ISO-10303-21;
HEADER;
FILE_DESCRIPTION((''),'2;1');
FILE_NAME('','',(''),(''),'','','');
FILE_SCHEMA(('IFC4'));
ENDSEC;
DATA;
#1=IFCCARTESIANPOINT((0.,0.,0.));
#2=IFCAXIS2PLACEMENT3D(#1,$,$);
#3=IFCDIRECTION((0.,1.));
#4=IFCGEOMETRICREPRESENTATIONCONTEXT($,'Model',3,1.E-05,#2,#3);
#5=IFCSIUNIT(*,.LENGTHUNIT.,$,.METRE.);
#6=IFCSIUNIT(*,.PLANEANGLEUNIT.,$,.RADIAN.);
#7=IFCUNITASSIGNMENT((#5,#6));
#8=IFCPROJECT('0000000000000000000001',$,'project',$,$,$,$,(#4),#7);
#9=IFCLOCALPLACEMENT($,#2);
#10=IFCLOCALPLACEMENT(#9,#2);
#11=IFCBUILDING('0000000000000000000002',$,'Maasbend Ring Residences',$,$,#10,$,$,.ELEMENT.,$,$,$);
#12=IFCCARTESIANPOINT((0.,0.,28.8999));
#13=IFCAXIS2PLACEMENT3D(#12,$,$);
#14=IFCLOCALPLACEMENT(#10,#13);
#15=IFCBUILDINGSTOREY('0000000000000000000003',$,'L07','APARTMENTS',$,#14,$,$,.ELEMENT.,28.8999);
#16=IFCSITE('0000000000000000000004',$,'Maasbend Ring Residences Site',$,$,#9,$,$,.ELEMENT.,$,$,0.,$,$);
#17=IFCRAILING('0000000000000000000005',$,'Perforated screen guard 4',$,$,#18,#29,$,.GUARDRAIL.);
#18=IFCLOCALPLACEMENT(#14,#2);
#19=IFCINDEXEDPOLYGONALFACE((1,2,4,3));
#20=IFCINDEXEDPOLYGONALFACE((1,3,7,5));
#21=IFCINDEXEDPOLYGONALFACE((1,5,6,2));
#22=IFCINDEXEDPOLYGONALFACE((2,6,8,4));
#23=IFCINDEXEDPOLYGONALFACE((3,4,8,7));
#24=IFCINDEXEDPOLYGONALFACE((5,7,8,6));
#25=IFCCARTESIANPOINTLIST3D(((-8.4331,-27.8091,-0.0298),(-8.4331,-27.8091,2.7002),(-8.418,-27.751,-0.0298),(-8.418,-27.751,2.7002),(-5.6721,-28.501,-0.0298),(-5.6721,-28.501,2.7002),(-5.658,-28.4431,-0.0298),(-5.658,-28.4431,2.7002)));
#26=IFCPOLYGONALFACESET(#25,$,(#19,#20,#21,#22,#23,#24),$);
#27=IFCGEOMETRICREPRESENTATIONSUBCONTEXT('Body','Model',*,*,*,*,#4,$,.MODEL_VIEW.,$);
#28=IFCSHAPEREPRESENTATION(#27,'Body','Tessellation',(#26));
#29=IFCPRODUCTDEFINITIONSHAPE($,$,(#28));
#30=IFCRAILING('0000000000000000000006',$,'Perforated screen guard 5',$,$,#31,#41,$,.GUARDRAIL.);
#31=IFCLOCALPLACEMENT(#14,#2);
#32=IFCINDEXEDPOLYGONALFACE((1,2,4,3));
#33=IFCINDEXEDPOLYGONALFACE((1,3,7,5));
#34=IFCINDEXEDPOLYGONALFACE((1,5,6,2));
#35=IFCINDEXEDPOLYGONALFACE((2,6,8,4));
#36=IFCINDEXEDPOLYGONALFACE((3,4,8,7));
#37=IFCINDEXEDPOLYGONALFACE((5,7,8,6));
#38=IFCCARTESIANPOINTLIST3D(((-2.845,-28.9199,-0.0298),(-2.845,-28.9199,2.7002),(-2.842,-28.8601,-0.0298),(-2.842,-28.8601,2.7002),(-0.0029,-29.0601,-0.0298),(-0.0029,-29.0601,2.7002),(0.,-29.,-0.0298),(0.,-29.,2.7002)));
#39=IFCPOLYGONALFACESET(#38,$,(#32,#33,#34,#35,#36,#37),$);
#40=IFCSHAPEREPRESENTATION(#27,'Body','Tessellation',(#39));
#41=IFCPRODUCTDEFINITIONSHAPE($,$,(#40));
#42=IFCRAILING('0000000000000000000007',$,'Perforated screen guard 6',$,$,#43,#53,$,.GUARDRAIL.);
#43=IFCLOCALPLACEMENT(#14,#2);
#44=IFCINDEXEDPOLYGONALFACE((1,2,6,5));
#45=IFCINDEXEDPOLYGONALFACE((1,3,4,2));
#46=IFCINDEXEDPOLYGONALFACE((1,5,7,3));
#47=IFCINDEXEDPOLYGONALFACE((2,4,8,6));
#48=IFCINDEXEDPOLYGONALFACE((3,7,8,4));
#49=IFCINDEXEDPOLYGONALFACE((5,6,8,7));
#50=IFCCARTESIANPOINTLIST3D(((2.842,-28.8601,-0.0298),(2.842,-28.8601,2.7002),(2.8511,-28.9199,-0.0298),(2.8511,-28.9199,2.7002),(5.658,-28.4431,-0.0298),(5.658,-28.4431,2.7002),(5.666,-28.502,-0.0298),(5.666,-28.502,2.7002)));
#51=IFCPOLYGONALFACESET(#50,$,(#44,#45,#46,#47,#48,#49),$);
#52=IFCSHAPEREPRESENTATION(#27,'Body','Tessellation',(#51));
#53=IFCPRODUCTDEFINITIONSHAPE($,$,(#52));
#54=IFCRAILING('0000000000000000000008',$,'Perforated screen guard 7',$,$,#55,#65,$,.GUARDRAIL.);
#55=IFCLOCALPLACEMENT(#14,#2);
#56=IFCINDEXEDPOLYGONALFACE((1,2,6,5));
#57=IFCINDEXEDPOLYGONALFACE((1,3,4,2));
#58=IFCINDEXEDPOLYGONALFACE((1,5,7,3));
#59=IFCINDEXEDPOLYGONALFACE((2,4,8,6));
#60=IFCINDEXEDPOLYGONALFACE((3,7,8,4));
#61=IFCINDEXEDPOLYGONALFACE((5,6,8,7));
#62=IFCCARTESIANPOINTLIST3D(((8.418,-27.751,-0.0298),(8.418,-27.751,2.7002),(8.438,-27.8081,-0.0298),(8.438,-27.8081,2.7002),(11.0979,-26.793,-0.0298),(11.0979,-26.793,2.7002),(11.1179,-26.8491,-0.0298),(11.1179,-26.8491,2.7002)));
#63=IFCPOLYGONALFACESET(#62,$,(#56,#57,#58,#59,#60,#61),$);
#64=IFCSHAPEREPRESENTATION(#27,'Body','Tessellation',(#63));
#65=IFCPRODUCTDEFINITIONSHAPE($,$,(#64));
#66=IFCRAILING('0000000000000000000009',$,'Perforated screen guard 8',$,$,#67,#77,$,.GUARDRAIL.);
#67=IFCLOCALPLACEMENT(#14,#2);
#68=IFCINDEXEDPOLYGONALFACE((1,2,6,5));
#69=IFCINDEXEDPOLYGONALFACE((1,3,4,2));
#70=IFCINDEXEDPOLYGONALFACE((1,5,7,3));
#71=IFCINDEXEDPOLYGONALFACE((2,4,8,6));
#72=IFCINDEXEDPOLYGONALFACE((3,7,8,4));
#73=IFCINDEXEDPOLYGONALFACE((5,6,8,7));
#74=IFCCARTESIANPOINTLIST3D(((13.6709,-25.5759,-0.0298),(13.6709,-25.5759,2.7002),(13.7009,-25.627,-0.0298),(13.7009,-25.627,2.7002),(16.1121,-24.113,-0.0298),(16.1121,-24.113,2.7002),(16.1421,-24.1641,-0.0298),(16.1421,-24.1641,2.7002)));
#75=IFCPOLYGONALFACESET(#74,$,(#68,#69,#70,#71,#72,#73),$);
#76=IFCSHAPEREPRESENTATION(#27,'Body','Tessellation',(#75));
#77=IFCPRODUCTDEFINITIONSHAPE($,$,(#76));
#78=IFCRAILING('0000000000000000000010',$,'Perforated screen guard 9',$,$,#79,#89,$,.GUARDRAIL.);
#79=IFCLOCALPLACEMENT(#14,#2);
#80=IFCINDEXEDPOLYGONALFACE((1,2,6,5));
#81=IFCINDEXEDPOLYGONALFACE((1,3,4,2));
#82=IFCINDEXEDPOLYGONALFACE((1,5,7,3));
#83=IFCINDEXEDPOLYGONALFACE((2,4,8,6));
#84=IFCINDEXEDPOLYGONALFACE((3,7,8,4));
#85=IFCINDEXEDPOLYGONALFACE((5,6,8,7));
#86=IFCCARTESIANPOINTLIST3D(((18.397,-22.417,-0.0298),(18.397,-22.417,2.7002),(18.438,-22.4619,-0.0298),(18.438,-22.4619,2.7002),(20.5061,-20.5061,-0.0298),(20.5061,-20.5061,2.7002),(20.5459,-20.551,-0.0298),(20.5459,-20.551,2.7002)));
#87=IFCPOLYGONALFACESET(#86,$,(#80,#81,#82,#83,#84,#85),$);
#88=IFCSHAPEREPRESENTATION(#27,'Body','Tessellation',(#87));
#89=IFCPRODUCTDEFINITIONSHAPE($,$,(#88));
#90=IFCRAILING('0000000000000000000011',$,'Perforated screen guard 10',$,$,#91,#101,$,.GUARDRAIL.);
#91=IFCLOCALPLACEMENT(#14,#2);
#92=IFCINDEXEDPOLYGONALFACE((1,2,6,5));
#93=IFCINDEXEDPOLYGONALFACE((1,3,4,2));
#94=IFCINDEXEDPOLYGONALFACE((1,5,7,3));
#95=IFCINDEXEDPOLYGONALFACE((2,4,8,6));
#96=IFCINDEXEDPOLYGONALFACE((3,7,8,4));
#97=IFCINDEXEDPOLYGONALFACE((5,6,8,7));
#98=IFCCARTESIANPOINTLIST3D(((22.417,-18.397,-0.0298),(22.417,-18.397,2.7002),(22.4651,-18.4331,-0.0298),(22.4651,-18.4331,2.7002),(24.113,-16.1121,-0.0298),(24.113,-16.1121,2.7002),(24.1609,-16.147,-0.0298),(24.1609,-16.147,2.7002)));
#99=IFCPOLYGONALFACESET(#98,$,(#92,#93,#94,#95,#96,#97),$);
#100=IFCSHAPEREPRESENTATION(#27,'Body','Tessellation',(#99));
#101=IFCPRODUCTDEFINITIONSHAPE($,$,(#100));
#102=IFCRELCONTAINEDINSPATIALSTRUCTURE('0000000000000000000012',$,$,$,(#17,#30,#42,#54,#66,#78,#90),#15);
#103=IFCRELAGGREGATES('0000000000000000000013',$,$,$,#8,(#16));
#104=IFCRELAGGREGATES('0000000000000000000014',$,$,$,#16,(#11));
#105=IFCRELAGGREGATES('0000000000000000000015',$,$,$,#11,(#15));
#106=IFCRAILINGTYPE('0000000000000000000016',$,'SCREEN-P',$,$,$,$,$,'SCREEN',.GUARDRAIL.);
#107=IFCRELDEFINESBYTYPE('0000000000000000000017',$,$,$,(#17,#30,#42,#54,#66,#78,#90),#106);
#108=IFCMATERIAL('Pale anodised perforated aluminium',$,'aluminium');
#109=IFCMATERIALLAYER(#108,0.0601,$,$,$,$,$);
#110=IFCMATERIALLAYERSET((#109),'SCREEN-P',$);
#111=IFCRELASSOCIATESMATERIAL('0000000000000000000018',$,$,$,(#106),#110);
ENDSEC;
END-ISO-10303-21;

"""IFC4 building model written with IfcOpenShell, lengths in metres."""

from ifc_helpers import new_model, si_unit, direction, frame, origin, place, context, subcontext, project, spatial, polyline, outline, extrude, material, layer, layer_set, type_object, element, save


model = new_model("IFC4")

# Units and contexts
model_context = context("Model", 3, precision=1e-05, world=origin(), true_north=direction((0.0, 1.0)))
body_context = subcontext(model_context, "Body", "Model", "MODEL_VIEW")
ifc_project = project(units=[si_unit("LENGTHUNIT", "METRE"), si_unit("PLANEANGLEUNIT", "RADIAN")], contexts=[model_context])

# Site, building, storey
site_placement = place(None, origin())
site = spatial("IfcSite", under=ifc_project, at=site_placement, Name="Maasbend Ring Residences Site", CompositionType="ELEMENT", RefElevation=0.0)
building_placement = place(site_placement, origin())
building = spatial("IfcBuilding", under=site, at=building_placement, Name="Maasbend Ring Residences", CompositionType="ELEMENT")
storey_placement = place(building_placement, frame((0.0, 0.0, 28.8999)))
storey = spatial("IfcBuildingStorey", under=building, at=storey_placement, Name="L07", Description="APARTMENTS", CompositionType="ELEMENT", Elevation=28.8999)

# Railings
ifc_material_1 = material(Name="Pale anodised perforated aluminium", Category="aluminium")
ifc_layer_1 = layer(ifc_material_1, 0.0601)
ifc_layer_set_1 = layer_set([ifc_layer_1], Name="SCREEN-P")
railing_type = type_object("IfcRailingType", Name="SCREEN-P", ElementType="SCREEN", PredefinedType="GUARDRAIL", material=ifc_layer_set_1)
railing_1_placement = place(storey_placement, frame((0.0, 0.0, -0.0298)))
element("IfcRailing", 1, at=railing_1_placement, inside=storey, type_object=railing_type, Name="Perforated screen guard 4", PredefinedType="GUARDRAIL", context=body_context, shape_type="SweptSolid", body=[
    extrude(outline(polyline([(-8.418, -27.751), (-5.658, -28.4431), (-5.6721, -28.501), (-8.4331, -27.8091), (-8.418, -27.751)])), origin(), (0.0, 0.0, 1.0), 2.73),
])
railing_2_placement = place(storey_placement, frame((0.0, 0.0, -0.0298)))
element("IfcRailing", 2, at=railing_2_placement, inside=storey, type_object=railing_type, Name="Perforated screen guard 5", PredefinedType="GUARDRAIL", context=body_context, shape_type="SweptSolid", body=[
    extrude(outline(polyline([(-2.842, -28.8601), (0.0, -29.0), (-0.0029, -29.0601), (-2.845, -28.9199), (-2.842, -28.8601)])), origin(), (0.0, 0.0, 1.0), 2.73),
])
railing_3_placement = place(storey_placement, frame((0.0, 0.0, -0.0298)))
element("IfcRailing", 3, at=railing_3_placement, inside=storey, type_object=railing_type, Name="Perforated screen guard 6", PredefinedType="GUARDRAIL", context=body_context, shape_type="SweptSolid", body=[
    extrude(outline(polyline([(2.842, -28.8601), (5.658, -28.4431), (5.666, -28.502), (2.8511, -28.9199), (2.842, -28.8601)])), origin(), (0.0, 0.0, 1.0), 2.73),
])
railing_4_placement = place(storey_placement, frame((0.0, 0.0, -0.0298)))
element("IfcRailing", 4, at=railing_4_placement, inside=storey, type_object=railing_type, Name="Perforated screen guard 7", PredefinedType="GUARDRAIL", context=body_context, shape_type="SweptSolid", body=[
    extrude(outline(polyline([(8.418, -27.751), (11.0979, -26.793), (11.1179, -26.8491), (8.438, -27.8081), (8.418, -27.751)])), origin(), (0.0, 0.0, 1.0), 2.73),
])
railing_5_placement = place(storey_placement, frame((0.0, 0.0, -0.0298)))
element("IfcRailing", 5, at=railing_5_placement, inside=storey, type_object=railing_type, Name="Perforated screen guard 8", PredefinedType="GUARDRAIL", context=body_context, shape_type="SweptSolid", body=[
    extrude(outline(polyline([(13.6709, -25.5759), (16.1121, -24.113), (16.1421, -24.1641), (13.7009, -25.627), (13.6709, -25.5759)])), origin(), (0.0, 0.0, 1.0), 2.73),
])
railing_6_placement = place(storey_placement, frame((0.0, 0.0, -0.0298)))
element("IfcRailing", 6, at=railing_6_placement, inside=storey, type_object=railing_type, Name="Perforated screen guard 9", PredefinedType="GUARDRAIL", context=body_context, shape_type="SweptSolid", body=[
    extrude(outline(polyline([(18.397, -22.417), (20.5061, -20.5061), (20.5459, -20.551), (18.438, -22.4619), (18.397, -22.417)])), origin(), (0.0, 0.0, 1.0), 2.73),
])
railing_7_placement = place(storey_placement, frame((0.0, 0.0, -0.0298)))
element("IfcRailing", 7, at=railing_7_placement, inside=storey, type_object=railing_type, Name="Perforated screen guard 10", PredefinedType="GUARDRAIL", context=body_context, shape_type="SweptSolid", body=[
    extrude(outline(polyline([(22.417, -18.397), (24.113, -16.1121), (24.1609, -16.147), (22.4651, -18.4331), (22.417, -18.397)])), origin(), (0.0, 0.0, 1.0), 2.73),
])

save(model, "model.ifc")
